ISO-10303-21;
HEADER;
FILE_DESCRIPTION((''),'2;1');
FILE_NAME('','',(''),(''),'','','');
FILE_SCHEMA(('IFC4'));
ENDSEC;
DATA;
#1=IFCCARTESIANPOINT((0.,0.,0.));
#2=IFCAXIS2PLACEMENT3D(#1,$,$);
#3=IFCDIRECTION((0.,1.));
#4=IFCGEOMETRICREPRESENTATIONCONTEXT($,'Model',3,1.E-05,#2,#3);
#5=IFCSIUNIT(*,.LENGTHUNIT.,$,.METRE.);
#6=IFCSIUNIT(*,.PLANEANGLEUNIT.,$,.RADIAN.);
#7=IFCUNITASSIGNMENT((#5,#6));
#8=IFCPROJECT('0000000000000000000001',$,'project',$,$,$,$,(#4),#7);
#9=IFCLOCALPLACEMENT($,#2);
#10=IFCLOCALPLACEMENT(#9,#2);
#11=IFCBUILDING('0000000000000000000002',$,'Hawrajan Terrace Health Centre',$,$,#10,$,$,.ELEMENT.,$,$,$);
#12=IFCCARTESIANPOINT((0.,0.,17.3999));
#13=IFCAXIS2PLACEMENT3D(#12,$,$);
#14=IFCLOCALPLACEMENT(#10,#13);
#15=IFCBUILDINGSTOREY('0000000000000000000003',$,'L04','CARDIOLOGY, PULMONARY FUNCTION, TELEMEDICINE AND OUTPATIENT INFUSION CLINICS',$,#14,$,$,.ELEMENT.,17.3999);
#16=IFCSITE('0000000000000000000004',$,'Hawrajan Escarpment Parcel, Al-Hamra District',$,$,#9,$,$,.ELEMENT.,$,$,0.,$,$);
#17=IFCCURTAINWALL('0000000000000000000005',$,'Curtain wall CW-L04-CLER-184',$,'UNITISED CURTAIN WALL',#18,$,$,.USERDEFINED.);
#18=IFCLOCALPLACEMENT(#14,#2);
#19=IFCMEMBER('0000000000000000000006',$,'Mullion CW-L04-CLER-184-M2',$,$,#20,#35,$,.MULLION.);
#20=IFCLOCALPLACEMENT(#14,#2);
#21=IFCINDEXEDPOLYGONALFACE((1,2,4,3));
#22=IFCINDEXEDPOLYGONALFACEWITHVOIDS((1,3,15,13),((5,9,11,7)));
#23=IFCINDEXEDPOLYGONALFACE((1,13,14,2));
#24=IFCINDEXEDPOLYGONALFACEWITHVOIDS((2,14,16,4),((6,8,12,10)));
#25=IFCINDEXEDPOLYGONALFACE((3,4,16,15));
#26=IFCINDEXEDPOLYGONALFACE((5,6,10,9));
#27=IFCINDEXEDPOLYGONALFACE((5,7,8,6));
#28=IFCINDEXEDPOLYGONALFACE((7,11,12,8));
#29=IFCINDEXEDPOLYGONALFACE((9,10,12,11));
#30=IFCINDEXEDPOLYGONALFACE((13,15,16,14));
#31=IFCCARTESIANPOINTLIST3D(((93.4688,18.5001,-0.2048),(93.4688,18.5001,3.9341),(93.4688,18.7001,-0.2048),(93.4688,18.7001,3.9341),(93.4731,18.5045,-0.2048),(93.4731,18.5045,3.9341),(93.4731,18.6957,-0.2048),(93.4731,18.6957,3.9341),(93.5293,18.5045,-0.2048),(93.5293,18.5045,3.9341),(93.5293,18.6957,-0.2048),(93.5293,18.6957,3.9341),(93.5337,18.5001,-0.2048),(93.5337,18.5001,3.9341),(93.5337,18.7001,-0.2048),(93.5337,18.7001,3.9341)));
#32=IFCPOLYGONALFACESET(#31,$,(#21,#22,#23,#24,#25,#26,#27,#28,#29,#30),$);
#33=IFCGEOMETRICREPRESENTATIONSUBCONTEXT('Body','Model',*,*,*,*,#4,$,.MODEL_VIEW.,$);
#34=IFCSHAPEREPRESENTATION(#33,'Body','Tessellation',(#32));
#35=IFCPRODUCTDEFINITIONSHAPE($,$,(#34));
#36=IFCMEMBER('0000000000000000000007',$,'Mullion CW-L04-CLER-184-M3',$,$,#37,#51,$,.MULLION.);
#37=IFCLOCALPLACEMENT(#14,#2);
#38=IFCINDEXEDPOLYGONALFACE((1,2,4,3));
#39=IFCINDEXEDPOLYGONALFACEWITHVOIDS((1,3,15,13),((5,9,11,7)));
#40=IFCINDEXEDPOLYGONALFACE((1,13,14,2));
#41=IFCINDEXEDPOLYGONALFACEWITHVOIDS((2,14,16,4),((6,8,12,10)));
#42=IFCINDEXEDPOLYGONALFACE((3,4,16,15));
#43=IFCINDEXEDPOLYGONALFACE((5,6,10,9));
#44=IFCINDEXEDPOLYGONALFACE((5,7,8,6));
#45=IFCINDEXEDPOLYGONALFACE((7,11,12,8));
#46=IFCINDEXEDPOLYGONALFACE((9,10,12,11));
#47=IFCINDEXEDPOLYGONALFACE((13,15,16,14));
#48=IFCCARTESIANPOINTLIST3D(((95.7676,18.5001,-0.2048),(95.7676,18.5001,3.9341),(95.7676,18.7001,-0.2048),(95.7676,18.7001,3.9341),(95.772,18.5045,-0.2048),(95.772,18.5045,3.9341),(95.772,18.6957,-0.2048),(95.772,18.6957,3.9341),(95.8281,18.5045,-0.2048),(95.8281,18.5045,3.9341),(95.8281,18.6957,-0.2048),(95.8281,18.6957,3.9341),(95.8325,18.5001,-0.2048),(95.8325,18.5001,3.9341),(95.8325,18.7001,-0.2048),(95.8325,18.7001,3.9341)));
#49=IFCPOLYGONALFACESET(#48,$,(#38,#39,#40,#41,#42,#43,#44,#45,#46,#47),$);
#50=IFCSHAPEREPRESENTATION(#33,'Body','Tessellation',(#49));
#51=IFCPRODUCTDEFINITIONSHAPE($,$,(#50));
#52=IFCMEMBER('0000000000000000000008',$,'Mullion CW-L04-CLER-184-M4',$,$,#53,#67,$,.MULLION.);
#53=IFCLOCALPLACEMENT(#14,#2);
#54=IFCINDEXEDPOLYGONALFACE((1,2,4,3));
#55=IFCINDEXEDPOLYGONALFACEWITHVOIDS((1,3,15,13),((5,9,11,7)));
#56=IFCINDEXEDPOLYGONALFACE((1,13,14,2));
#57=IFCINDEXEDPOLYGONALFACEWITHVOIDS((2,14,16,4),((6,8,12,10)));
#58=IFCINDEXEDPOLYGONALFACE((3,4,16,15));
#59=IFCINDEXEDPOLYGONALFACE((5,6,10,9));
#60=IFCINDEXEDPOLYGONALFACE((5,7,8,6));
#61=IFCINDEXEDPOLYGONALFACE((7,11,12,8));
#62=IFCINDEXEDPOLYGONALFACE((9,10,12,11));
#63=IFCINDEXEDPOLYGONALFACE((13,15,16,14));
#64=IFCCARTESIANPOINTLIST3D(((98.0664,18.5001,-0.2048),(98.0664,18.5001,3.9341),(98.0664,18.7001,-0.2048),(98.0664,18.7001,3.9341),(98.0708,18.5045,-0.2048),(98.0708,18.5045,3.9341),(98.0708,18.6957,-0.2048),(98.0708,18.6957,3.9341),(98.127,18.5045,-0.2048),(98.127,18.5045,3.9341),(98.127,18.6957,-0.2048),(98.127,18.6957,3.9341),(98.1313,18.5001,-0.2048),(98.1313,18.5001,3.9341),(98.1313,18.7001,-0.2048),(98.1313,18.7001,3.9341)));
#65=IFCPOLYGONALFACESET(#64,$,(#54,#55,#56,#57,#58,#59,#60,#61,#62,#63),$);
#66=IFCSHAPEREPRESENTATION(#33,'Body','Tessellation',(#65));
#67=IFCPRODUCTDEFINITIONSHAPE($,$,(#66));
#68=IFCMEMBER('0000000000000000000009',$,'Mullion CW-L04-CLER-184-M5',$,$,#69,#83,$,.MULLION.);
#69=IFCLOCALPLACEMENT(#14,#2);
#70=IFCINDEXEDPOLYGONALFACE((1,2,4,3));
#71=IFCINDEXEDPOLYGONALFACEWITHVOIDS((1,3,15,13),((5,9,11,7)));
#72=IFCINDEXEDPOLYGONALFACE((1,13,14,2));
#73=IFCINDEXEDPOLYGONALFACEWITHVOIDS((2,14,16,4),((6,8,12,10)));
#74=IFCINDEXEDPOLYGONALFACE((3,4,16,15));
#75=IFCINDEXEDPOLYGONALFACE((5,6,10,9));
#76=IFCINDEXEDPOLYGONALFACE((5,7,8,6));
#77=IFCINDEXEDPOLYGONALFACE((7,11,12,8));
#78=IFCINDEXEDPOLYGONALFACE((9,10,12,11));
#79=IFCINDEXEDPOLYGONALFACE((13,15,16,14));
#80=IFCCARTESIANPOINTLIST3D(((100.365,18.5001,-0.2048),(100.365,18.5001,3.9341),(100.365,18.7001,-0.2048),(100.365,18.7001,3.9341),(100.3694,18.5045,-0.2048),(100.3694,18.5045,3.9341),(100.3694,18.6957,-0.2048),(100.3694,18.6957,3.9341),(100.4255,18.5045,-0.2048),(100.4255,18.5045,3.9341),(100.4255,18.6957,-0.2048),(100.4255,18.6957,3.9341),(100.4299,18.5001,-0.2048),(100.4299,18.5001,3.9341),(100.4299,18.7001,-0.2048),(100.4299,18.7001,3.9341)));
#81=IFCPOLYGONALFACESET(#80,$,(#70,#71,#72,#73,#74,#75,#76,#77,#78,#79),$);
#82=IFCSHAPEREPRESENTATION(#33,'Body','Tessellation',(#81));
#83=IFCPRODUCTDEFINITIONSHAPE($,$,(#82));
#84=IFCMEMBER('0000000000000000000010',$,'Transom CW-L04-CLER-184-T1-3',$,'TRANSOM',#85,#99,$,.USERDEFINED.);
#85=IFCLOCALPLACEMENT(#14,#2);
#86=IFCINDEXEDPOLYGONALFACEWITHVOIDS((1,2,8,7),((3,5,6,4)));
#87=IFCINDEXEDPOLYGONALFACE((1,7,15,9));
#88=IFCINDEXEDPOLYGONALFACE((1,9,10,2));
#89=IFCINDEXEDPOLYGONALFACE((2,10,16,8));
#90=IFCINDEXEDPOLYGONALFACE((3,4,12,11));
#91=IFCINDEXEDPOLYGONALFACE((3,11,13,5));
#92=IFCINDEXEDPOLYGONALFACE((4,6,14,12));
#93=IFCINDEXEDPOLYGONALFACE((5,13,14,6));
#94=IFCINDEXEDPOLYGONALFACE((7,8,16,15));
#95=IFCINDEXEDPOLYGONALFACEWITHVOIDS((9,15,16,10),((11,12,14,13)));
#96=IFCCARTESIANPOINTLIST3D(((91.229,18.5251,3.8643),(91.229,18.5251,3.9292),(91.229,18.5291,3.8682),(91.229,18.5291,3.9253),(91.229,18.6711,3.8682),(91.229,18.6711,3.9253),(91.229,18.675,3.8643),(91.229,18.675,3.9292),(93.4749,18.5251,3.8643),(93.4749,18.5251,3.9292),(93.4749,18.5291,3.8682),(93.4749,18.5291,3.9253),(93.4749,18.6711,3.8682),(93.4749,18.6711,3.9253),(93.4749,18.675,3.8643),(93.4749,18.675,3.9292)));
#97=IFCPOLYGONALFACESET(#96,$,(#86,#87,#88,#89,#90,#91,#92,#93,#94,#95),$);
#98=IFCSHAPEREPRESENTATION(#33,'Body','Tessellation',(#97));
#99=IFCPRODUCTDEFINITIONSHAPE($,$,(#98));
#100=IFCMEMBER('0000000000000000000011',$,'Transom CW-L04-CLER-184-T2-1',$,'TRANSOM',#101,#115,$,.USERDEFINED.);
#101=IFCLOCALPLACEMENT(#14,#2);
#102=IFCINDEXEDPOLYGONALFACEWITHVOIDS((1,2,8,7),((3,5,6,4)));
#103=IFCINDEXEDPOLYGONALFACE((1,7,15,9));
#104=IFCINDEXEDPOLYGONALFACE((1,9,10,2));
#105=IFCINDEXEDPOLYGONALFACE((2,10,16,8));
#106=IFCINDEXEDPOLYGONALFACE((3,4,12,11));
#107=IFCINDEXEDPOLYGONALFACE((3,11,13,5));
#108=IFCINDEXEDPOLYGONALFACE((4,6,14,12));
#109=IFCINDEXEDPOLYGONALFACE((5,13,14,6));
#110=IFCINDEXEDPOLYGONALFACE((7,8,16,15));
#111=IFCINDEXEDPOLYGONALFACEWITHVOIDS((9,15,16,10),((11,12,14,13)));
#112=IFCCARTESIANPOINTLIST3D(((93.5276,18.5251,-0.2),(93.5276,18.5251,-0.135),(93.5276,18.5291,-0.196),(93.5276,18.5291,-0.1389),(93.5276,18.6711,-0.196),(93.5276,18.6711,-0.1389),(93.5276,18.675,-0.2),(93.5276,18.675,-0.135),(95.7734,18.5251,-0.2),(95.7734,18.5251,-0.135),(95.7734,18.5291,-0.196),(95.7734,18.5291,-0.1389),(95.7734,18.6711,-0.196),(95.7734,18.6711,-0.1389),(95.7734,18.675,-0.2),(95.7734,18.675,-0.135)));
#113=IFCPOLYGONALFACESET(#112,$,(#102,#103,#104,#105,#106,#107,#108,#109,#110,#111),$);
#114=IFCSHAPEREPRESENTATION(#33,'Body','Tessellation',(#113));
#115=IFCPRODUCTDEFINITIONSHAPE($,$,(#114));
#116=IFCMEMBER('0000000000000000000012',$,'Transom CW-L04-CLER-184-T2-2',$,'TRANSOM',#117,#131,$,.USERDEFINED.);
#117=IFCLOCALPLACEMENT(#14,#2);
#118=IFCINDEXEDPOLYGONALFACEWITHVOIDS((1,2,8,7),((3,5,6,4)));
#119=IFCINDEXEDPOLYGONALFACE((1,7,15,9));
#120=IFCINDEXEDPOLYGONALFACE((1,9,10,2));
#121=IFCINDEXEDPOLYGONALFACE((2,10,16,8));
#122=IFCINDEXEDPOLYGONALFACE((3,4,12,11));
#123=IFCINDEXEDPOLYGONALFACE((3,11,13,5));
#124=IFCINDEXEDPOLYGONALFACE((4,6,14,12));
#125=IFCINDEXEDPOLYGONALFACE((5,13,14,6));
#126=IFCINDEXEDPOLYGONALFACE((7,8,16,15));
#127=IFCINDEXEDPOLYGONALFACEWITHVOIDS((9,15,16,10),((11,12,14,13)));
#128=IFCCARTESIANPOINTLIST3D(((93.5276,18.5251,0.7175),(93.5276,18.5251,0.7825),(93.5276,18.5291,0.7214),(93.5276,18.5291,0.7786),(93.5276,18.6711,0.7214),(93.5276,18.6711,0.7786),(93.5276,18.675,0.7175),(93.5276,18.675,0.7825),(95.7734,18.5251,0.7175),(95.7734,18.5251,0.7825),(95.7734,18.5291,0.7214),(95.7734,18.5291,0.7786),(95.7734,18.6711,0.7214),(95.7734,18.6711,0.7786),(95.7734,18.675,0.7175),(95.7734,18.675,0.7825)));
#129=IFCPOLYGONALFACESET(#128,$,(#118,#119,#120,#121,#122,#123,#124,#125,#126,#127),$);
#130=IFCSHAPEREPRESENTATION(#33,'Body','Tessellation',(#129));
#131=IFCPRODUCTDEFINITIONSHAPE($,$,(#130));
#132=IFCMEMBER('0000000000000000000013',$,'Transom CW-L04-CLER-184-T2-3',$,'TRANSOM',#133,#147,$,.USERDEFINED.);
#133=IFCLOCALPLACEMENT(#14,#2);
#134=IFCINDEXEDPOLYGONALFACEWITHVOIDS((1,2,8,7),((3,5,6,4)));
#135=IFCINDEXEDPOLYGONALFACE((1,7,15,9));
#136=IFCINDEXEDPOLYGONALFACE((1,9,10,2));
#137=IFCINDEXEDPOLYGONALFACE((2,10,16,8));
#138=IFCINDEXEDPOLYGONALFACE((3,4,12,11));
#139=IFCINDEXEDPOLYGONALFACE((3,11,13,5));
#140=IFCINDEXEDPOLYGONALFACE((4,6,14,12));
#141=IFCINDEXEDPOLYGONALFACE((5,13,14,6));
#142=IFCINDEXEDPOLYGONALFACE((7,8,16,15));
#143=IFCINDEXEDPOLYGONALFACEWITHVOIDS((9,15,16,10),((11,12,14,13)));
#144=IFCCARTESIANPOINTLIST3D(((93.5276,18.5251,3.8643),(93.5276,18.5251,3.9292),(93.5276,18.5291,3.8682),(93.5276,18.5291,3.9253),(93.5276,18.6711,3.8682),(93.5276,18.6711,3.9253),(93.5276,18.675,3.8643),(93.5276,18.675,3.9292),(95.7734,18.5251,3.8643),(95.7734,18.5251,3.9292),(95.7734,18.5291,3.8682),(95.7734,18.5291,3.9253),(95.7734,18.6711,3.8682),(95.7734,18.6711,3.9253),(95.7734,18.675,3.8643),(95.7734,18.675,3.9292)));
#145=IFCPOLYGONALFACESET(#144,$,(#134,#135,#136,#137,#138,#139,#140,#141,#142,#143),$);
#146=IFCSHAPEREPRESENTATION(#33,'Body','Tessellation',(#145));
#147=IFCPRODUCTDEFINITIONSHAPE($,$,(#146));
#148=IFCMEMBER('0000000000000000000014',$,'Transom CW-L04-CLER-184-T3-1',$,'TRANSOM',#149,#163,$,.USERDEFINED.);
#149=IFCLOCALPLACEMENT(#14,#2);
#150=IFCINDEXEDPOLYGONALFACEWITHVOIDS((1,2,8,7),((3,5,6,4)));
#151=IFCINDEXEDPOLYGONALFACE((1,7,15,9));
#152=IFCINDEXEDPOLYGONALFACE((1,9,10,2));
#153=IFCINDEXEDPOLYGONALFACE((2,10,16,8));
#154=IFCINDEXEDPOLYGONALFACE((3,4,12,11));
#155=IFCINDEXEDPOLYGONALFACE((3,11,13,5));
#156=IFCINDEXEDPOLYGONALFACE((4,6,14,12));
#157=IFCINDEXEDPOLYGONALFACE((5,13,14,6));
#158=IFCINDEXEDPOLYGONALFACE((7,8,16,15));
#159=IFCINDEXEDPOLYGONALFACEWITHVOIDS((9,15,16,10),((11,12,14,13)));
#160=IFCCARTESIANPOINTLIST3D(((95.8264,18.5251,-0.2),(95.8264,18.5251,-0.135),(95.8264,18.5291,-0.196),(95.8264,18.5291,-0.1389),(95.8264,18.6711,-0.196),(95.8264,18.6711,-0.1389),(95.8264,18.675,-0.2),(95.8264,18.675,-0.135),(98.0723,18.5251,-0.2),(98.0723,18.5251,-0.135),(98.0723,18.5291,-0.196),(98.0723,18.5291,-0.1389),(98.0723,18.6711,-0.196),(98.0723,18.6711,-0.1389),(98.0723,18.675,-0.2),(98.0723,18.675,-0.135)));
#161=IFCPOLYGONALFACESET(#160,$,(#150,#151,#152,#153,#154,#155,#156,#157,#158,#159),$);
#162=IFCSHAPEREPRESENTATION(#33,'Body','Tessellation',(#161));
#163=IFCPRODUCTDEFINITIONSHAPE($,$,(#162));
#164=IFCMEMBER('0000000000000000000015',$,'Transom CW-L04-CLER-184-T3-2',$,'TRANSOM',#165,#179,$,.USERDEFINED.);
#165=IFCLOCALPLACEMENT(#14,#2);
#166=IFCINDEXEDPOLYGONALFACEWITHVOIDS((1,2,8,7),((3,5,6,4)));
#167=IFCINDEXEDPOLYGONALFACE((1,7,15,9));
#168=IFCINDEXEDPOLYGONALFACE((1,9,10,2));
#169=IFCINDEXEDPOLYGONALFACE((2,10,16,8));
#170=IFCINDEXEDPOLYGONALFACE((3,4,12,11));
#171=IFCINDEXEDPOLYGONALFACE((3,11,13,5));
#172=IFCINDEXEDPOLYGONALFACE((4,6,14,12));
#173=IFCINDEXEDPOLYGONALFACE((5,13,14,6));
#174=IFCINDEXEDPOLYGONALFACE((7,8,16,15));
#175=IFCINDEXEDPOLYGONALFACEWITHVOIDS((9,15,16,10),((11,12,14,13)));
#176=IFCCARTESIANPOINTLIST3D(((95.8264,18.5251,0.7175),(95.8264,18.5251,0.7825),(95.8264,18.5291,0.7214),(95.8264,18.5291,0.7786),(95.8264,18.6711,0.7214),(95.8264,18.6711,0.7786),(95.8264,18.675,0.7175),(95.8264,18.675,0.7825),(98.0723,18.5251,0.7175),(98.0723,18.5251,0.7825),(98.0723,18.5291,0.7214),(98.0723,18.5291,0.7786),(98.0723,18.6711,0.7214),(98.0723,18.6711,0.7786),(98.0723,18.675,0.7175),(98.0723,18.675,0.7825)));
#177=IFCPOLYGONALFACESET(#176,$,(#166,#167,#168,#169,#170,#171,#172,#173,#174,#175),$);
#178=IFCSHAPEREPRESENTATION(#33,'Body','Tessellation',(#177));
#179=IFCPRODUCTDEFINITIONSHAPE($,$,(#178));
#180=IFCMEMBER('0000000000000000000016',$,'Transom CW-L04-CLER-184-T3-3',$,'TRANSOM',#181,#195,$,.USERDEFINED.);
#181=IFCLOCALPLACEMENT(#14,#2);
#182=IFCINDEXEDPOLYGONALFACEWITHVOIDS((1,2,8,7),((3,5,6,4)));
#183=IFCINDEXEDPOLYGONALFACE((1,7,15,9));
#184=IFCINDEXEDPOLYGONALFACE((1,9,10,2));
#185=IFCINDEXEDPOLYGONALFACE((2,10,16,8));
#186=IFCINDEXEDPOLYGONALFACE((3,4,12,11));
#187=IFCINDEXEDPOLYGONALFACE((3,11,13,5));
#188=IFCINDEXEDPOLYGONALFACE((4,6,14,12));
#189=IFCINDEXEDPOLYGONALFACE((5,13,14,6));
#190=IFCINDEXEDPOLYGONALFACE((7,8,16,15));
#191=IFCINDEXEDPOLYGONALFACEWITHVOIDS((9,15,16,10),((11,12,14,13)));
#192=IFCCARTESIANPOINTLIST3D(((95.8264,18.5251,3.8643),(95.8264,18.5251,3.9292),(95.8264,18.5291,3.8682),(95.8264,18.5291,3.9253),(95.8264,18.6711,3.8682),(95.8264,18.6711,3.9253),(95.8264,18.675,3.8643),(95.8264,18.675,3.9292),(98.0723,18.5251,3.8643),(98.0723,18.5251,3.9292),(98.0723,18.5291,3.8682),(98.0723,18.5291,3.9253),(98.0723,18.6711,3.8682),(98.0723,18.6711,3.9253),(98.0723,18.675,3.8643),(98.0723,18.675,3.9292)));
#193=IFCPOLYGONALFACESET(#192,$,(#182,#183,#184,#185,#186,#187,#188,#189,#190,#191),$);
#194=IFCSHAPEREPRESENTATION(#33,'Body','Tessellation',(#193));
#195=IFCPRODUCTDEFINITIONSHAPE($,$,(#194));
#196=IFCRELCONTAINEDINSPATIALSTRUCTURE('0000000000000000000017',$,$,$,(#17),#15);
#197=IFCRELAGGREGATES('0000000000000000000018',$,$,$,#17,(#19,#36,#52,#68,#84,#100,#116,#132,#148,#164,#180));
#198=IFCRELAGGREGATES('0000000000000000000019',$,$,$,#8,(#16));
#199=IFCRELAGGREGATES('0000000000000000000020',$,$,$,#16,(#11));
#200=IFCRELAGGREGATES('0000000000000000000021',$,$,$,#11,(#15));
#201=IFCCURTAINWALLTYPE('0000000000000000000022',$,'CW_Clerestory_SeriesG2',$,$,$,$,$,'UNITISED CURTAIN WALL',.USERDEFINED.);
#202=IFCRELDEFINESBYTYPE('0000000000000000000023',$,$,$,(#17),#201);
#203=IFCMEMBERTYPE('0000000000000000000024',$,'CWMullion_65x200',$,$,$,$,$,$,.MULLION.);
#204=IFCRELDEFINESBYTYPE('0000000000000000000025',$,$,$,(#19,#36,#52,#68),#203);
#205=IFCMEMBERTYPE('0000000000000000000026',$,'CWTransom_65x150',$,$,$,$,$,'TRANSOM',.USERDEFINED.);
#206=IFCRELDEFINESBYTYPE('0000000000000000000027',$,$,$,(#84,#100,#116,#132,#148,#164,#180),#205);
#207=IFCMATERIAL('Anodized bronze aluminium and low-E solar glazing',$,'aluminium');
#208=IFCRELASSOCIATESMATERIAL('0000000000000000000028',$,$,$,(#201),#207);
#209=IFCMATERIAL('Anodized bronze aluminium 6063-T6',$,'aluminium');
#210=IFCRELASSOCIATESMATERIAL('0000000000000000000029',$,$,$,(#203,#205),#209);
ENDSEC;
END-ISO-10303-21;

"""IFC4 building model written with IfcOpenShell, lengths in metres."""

from ifc_helpers import new_model, si_unit, direction, frame, origin, origin_2d, place, context, subcontext, project, spatial, hollow_rectangle, extrude, material, material_profile, profile_set, type_object, element, aggregate, save


model = new_model("IFC4")

# Units and contexts
model_context = context("Model", 3, precision=1e-05, world=origin(), true_north=direction((0.0, 1.0)))
body_context = subcontext(model_context, "Body", "Model", "MODEL_VIEW")
ifc_project = project(units=[si_unit("LENGTHUNIT", "METRE"), si_unit("PLANEANGLEUNIT", "RADIAN")], contexts=[model_context])

# Site, building, storey
site_placement = place(None, origin())
site = spatial("IfcSite", under=ifc_project, at=site_placement, Name="Hawrajan Escarpment Parcel, Al-Hamra District", CompositionType="ELEMENT", RefElevation=0.0)
building_placement = place(site_placement, origin())
building = spatial("IfcBuilding", under=site, at=building_placement, Name="Hawrajan Terrace Health Centre", CompositionType="ELEMENT")
storey_placement = place(building_placement, frame((0.0, 0.0, 17.3999)))
storey = spatial("IfcBuildingStorey", under=building, at=storey_placement, Name="L04", Description="CARDIOLOGY, PULMONARY FUNCTION, TELEMEDICINE AND OUTPATIENT INFUSION CLINICS", CompositionType="ELEMENT", Elevation=17.3999)

# Curtain wall, members
ifc_material_1 = material(Name="Anodized bronze aluminium and low-E solar glazing", Category="aluminium")
curtain_wall_type = type_object("IfcCurtainWallType", Name="CW_Clerestory_SeriesG2", ElementType="UNITISED CURTAIN WALL", PredefinedType="USERDEFINED", material=ifc_material_1)
curtain_wall_placement = place(storey_placement, origin())
curtain_wall = element("IfcCurtainWall", 1, at=curtain_wall_placement, inside=storey, type_object=curtain_wall_type, Name="Curtain wall CW-L04-CLER-184", ObjectType="UNITISED CURTAIN WALL", PredefinedType="USERDEFINED")
ifc_material_2 = material(Name="Anodized bronze aluminium 6063-T6", Category="aluminium")
ifc_material_profile_1 = material_profile(ifc_material_2, hollow_rectangle(XDim=0.0649, YDim=0.2, WallThickness=0.0044, at=origin_2d()), Name="CW MUL 65x200")
ifc_profile_set_1 = profile_set([ifc_material_profile_1], Name="Anodized bronze aluminium 6063-T6")
member_type_1 = type_object("IfcMemberType", Name="CWMullion_65x200", PredefinedType="MULLION", material=ifc_profile_set_1)
member_1_placement = place(storey_placement, frame((93.5012, 18.6001, -0.2048), z_axis=(0.0, 0.0, 1.0), x_axis=(1.0, 0.0, 0.0)))
member_1 = element("IfcMember", 2, at=member_1_placement, type_object=member_type_1, Name="Mullion CW-L04-CLER-184-M2", PredefinedType="MULLION", context=body_context, shape_type="SweptSolid", body=[
    extrude(hollow_rectangle(XDim=0.0649, YDim=0.2, WallThickness=0.0044, at=origin_2d()), origin(), (0.0, 0.0, 1.0), 4.1389),
])
member_2_placement = place(storey_placement, frame((95.8, 18.6001, -0.2048), z_axis=(0.0, 0.0, 1.0), x_axis=(1.0, 0.0, 0.0)))
member_2 = element("IfcMember", 3, at=member_2_placement, type_object=member_type_1, Name="Mullion CW-L04-CLER-184-M3", PredefinedType="MULLION", context=body_context, shape_type="SweptSolid", body=[
    extrude(hollow_rectangle(XDim=0.0649, YDim=0.2, WallThickness=0.0044, at=origin_2d()), origin(), (0.0, 0.0, 1.0), 4.1389),
])
member_3_placement = place(storey_placement, frame((98.0989, 18.6001, -0.2048), z_axis=(0.0, 0.0, 1.0), x_axis=(1.0, 0.0, 0.0)))
member_3 = element("IfcMember", 4, at=member_3_placement, type_object=member_type_1, Name="Mullion CW-L04-CLER-184-M4", PredefinedType="MULLION", context=body_context, shape_type="SweptSolid", body=[
    extrude(hollow_rectangle(XDim=0.0649, YDim=0.2, WallThickness=0.0044, at=origin_2d()), origin(), (0.0, 0.0, 1.0), 4.1389),
])
member_4_placement = place(storey_placement, frame((100.3975, 18.6001, -0.2048), z_axis=(0.0, 0.0, 1.0), x_axis=(1.0, 0.0, 0.0)))
member_4 = element("IfcMember", 5, at=member_4_placement, type_object=member_type_1, Name="Mullion CW-L04-CLER-184-M5", PredefinedType="MULLION", context=body_context, shape_type="SweptSolid", body=[
    extrude(hollow_rectangle(XDim=0.0649, YDim=0.2, WallThickness=0.0044, at=origin_2d()), origin(), (0.0, 0.0, 1.0), 4.1389),
])
ifc_material_profile_2 = material_profile(ifc_material_2, hollow_rectangle(XDim=0.0649, YDim=0.1499, WallThickness=0.0039, at=origin_2d()), Name="CW TRN 65x150")
ifc_profile_set_2 = profile_set([ifc_material_profile_2], Name="Anodized bronze aluminium 6063-T6")
member_type_2 = type_object("IfcMemberType", Name="CWTransom_65x150", ElementType="TRANSOM", PredefinedType="USERDEFINED", material=ifc_profile_set_2)
member_5_placement = place(storey_placement, frame((91.229, 18.6001, 3.8967), z_axis=(1.0, 0.0, 0.0), x_axis=(0.0, 0.0, 1.0)))
member_5 = element("IfcMember", 6, at=member_5_placement, type_object=member_type_2, Name="Transom CW-L04-CLER-184-T1-3", ObjectType="TRANSOM", PredefinedType="USERDEFINED", context=body_context, shape_type="SweptSolid", body=[
    extrude(hollow_rectangle(XDim=0.0649, YDim=0.1499, WallThickness=0.0039, at=origin_2d()), origin(), (0.0, 0.0, 1.0), 2.2458),
])
member_6_placement = place(storey_placement, frame((93.5276, 18.6001, -0.1675), z_axis=(1.0, 0.0, 0.0), x_axis=(0.0, 0.0, 1.0)))
member_6 = element("IfcMember", 7, at=member_6_placement, type_object=member_type_2, Name="Transom CW-L04-CLER-184-T2-1", ObjectType="TRANSOM", PredefinedType="USERDEFINED", context=body_context, shape_type="SweptSolid", body=[
    extrude(hollow_rectangle(XDim=0.0649, YDim=0.1499, WallThickness=0.0039, at=origin_2d()), origin(), (0.0, 0.0, 1.0), 2.2458),
])
member_7_placement = place(storey_placement, frame((93.5276, 18.6001, 0.75), z_axis=(1.0, 0.0, 0.0), x_axis=(0.0, 0.0, 1.0)))
member_7 = element("IfcMember", 8, at=member_7_placement, type_object=member_type_2, Name="Transom CW-L04-CLER-184-T2-2", ObjectType="TRANSOM", PredefinedType="USERDEFINED", context=body_context, shape_type="SweptSolid", body=[
    extrude(hollow_rectangle(XDim=0.0649, YDim=0.1499, WallThickness=0.0039, at=origin_2d()), origin(), (0.0, 0.0, 1.0), 2.2458),
])
member_8_placement = place(storey_placement, frame((93.5276, 18.6001, 3.8967), z_axis=(1.0, 0.0, 0.0), x_axis=(0.0, 0.0, 1.0)))
member_8 = element("IfcMember", 9, at=member_8_placement, type_object=member_type_2, Name="Transom CW-L04-CLER-184-T2-3", ObjectType="TRANSOM", PredefinedType="USERDEFINED", context=body_context, shape_type="SweptSolid", body=[
    extrude(hollow_rectangle(XDim=0.0649, YDim=0.1499, WallThickness=0.0039, at=origin_2d()), origin(), (0.0, 0.0, 1.0), 2.2458),
])
member_9_placement = place(storey_placement, frame((95.8264, 18.6001, -0.1675), z_axis=(1.0, 0.0, 0.0), x_axis=(0.0, 0.0, 1.0)))
member_9 = element("IfcMember", 10, at=member_9_placement, type_object=member_type_2, Name="Transom CW-L04-CLER-184-T3-1", ObjectType="TRANSOM", PredefinedType="USERDEFINED", context=body_context, shape_type="SweptSolid", body=[
    extrude(hollow_rectangle(XDim=0.0649, YDim=0.1499, WallThickness=0.0039, at=origin_2d()), origin(), (0.0, 0.0, 1.0), 2.2458),
])
member_10_placement = place(storey_placement, frame((95.8264, 18.6001, 0.75), z_axis=(1.0, 0.0, 0.0), x_axis=(0.0, 0.0, 1.0)))
member_10 = element("IfcMember", 11, at=member_10_placement, type_object=member_type_2, Name="Transom CW-L04-CLER-184-T3-2", ObjectType="TRANSOM", PredefinedType="USERDEFINED", context=body_context, shape_type="SweptSolid", body=[
    extrude(hollow_rectangle(XDim=0.0649, YDim=0.1499, WallThickness=0.0039, at=origin_2d()), origin(), (0.0, 0.0, 1.0), 2.2458),
])
member_11_placement = place(storey_placement, frame((95.8264, 18.6001, 3.8967), z_axis=(1.0, 0.0, 0.0), x_axis=(0.0, 0.0, 1.0)))
member_11 = element("IfcMember", 12, at=member_11_placement, type_object=member_type_2, Name="Transom CW-L04-CLER-184-T3-3", ObjectType="TRANSOM", PredefinedType="USERDEFINED", context=body_context, shape_type="SweptSolid", body=[
    extrude(hollow_rectangle(XDim=0.0649, YDim=0.1499, WallThickness=0.0039, at=origin_2d()), origin(), (0.0, 0.0, 1.0), 2.2458),
])
aggregate(curtain_wall, [member_1, member_2, member_3, member_4, member_5, member_6, member_7, member_8, member_9, member_10, member_11])

save(model, "model.ifc")
